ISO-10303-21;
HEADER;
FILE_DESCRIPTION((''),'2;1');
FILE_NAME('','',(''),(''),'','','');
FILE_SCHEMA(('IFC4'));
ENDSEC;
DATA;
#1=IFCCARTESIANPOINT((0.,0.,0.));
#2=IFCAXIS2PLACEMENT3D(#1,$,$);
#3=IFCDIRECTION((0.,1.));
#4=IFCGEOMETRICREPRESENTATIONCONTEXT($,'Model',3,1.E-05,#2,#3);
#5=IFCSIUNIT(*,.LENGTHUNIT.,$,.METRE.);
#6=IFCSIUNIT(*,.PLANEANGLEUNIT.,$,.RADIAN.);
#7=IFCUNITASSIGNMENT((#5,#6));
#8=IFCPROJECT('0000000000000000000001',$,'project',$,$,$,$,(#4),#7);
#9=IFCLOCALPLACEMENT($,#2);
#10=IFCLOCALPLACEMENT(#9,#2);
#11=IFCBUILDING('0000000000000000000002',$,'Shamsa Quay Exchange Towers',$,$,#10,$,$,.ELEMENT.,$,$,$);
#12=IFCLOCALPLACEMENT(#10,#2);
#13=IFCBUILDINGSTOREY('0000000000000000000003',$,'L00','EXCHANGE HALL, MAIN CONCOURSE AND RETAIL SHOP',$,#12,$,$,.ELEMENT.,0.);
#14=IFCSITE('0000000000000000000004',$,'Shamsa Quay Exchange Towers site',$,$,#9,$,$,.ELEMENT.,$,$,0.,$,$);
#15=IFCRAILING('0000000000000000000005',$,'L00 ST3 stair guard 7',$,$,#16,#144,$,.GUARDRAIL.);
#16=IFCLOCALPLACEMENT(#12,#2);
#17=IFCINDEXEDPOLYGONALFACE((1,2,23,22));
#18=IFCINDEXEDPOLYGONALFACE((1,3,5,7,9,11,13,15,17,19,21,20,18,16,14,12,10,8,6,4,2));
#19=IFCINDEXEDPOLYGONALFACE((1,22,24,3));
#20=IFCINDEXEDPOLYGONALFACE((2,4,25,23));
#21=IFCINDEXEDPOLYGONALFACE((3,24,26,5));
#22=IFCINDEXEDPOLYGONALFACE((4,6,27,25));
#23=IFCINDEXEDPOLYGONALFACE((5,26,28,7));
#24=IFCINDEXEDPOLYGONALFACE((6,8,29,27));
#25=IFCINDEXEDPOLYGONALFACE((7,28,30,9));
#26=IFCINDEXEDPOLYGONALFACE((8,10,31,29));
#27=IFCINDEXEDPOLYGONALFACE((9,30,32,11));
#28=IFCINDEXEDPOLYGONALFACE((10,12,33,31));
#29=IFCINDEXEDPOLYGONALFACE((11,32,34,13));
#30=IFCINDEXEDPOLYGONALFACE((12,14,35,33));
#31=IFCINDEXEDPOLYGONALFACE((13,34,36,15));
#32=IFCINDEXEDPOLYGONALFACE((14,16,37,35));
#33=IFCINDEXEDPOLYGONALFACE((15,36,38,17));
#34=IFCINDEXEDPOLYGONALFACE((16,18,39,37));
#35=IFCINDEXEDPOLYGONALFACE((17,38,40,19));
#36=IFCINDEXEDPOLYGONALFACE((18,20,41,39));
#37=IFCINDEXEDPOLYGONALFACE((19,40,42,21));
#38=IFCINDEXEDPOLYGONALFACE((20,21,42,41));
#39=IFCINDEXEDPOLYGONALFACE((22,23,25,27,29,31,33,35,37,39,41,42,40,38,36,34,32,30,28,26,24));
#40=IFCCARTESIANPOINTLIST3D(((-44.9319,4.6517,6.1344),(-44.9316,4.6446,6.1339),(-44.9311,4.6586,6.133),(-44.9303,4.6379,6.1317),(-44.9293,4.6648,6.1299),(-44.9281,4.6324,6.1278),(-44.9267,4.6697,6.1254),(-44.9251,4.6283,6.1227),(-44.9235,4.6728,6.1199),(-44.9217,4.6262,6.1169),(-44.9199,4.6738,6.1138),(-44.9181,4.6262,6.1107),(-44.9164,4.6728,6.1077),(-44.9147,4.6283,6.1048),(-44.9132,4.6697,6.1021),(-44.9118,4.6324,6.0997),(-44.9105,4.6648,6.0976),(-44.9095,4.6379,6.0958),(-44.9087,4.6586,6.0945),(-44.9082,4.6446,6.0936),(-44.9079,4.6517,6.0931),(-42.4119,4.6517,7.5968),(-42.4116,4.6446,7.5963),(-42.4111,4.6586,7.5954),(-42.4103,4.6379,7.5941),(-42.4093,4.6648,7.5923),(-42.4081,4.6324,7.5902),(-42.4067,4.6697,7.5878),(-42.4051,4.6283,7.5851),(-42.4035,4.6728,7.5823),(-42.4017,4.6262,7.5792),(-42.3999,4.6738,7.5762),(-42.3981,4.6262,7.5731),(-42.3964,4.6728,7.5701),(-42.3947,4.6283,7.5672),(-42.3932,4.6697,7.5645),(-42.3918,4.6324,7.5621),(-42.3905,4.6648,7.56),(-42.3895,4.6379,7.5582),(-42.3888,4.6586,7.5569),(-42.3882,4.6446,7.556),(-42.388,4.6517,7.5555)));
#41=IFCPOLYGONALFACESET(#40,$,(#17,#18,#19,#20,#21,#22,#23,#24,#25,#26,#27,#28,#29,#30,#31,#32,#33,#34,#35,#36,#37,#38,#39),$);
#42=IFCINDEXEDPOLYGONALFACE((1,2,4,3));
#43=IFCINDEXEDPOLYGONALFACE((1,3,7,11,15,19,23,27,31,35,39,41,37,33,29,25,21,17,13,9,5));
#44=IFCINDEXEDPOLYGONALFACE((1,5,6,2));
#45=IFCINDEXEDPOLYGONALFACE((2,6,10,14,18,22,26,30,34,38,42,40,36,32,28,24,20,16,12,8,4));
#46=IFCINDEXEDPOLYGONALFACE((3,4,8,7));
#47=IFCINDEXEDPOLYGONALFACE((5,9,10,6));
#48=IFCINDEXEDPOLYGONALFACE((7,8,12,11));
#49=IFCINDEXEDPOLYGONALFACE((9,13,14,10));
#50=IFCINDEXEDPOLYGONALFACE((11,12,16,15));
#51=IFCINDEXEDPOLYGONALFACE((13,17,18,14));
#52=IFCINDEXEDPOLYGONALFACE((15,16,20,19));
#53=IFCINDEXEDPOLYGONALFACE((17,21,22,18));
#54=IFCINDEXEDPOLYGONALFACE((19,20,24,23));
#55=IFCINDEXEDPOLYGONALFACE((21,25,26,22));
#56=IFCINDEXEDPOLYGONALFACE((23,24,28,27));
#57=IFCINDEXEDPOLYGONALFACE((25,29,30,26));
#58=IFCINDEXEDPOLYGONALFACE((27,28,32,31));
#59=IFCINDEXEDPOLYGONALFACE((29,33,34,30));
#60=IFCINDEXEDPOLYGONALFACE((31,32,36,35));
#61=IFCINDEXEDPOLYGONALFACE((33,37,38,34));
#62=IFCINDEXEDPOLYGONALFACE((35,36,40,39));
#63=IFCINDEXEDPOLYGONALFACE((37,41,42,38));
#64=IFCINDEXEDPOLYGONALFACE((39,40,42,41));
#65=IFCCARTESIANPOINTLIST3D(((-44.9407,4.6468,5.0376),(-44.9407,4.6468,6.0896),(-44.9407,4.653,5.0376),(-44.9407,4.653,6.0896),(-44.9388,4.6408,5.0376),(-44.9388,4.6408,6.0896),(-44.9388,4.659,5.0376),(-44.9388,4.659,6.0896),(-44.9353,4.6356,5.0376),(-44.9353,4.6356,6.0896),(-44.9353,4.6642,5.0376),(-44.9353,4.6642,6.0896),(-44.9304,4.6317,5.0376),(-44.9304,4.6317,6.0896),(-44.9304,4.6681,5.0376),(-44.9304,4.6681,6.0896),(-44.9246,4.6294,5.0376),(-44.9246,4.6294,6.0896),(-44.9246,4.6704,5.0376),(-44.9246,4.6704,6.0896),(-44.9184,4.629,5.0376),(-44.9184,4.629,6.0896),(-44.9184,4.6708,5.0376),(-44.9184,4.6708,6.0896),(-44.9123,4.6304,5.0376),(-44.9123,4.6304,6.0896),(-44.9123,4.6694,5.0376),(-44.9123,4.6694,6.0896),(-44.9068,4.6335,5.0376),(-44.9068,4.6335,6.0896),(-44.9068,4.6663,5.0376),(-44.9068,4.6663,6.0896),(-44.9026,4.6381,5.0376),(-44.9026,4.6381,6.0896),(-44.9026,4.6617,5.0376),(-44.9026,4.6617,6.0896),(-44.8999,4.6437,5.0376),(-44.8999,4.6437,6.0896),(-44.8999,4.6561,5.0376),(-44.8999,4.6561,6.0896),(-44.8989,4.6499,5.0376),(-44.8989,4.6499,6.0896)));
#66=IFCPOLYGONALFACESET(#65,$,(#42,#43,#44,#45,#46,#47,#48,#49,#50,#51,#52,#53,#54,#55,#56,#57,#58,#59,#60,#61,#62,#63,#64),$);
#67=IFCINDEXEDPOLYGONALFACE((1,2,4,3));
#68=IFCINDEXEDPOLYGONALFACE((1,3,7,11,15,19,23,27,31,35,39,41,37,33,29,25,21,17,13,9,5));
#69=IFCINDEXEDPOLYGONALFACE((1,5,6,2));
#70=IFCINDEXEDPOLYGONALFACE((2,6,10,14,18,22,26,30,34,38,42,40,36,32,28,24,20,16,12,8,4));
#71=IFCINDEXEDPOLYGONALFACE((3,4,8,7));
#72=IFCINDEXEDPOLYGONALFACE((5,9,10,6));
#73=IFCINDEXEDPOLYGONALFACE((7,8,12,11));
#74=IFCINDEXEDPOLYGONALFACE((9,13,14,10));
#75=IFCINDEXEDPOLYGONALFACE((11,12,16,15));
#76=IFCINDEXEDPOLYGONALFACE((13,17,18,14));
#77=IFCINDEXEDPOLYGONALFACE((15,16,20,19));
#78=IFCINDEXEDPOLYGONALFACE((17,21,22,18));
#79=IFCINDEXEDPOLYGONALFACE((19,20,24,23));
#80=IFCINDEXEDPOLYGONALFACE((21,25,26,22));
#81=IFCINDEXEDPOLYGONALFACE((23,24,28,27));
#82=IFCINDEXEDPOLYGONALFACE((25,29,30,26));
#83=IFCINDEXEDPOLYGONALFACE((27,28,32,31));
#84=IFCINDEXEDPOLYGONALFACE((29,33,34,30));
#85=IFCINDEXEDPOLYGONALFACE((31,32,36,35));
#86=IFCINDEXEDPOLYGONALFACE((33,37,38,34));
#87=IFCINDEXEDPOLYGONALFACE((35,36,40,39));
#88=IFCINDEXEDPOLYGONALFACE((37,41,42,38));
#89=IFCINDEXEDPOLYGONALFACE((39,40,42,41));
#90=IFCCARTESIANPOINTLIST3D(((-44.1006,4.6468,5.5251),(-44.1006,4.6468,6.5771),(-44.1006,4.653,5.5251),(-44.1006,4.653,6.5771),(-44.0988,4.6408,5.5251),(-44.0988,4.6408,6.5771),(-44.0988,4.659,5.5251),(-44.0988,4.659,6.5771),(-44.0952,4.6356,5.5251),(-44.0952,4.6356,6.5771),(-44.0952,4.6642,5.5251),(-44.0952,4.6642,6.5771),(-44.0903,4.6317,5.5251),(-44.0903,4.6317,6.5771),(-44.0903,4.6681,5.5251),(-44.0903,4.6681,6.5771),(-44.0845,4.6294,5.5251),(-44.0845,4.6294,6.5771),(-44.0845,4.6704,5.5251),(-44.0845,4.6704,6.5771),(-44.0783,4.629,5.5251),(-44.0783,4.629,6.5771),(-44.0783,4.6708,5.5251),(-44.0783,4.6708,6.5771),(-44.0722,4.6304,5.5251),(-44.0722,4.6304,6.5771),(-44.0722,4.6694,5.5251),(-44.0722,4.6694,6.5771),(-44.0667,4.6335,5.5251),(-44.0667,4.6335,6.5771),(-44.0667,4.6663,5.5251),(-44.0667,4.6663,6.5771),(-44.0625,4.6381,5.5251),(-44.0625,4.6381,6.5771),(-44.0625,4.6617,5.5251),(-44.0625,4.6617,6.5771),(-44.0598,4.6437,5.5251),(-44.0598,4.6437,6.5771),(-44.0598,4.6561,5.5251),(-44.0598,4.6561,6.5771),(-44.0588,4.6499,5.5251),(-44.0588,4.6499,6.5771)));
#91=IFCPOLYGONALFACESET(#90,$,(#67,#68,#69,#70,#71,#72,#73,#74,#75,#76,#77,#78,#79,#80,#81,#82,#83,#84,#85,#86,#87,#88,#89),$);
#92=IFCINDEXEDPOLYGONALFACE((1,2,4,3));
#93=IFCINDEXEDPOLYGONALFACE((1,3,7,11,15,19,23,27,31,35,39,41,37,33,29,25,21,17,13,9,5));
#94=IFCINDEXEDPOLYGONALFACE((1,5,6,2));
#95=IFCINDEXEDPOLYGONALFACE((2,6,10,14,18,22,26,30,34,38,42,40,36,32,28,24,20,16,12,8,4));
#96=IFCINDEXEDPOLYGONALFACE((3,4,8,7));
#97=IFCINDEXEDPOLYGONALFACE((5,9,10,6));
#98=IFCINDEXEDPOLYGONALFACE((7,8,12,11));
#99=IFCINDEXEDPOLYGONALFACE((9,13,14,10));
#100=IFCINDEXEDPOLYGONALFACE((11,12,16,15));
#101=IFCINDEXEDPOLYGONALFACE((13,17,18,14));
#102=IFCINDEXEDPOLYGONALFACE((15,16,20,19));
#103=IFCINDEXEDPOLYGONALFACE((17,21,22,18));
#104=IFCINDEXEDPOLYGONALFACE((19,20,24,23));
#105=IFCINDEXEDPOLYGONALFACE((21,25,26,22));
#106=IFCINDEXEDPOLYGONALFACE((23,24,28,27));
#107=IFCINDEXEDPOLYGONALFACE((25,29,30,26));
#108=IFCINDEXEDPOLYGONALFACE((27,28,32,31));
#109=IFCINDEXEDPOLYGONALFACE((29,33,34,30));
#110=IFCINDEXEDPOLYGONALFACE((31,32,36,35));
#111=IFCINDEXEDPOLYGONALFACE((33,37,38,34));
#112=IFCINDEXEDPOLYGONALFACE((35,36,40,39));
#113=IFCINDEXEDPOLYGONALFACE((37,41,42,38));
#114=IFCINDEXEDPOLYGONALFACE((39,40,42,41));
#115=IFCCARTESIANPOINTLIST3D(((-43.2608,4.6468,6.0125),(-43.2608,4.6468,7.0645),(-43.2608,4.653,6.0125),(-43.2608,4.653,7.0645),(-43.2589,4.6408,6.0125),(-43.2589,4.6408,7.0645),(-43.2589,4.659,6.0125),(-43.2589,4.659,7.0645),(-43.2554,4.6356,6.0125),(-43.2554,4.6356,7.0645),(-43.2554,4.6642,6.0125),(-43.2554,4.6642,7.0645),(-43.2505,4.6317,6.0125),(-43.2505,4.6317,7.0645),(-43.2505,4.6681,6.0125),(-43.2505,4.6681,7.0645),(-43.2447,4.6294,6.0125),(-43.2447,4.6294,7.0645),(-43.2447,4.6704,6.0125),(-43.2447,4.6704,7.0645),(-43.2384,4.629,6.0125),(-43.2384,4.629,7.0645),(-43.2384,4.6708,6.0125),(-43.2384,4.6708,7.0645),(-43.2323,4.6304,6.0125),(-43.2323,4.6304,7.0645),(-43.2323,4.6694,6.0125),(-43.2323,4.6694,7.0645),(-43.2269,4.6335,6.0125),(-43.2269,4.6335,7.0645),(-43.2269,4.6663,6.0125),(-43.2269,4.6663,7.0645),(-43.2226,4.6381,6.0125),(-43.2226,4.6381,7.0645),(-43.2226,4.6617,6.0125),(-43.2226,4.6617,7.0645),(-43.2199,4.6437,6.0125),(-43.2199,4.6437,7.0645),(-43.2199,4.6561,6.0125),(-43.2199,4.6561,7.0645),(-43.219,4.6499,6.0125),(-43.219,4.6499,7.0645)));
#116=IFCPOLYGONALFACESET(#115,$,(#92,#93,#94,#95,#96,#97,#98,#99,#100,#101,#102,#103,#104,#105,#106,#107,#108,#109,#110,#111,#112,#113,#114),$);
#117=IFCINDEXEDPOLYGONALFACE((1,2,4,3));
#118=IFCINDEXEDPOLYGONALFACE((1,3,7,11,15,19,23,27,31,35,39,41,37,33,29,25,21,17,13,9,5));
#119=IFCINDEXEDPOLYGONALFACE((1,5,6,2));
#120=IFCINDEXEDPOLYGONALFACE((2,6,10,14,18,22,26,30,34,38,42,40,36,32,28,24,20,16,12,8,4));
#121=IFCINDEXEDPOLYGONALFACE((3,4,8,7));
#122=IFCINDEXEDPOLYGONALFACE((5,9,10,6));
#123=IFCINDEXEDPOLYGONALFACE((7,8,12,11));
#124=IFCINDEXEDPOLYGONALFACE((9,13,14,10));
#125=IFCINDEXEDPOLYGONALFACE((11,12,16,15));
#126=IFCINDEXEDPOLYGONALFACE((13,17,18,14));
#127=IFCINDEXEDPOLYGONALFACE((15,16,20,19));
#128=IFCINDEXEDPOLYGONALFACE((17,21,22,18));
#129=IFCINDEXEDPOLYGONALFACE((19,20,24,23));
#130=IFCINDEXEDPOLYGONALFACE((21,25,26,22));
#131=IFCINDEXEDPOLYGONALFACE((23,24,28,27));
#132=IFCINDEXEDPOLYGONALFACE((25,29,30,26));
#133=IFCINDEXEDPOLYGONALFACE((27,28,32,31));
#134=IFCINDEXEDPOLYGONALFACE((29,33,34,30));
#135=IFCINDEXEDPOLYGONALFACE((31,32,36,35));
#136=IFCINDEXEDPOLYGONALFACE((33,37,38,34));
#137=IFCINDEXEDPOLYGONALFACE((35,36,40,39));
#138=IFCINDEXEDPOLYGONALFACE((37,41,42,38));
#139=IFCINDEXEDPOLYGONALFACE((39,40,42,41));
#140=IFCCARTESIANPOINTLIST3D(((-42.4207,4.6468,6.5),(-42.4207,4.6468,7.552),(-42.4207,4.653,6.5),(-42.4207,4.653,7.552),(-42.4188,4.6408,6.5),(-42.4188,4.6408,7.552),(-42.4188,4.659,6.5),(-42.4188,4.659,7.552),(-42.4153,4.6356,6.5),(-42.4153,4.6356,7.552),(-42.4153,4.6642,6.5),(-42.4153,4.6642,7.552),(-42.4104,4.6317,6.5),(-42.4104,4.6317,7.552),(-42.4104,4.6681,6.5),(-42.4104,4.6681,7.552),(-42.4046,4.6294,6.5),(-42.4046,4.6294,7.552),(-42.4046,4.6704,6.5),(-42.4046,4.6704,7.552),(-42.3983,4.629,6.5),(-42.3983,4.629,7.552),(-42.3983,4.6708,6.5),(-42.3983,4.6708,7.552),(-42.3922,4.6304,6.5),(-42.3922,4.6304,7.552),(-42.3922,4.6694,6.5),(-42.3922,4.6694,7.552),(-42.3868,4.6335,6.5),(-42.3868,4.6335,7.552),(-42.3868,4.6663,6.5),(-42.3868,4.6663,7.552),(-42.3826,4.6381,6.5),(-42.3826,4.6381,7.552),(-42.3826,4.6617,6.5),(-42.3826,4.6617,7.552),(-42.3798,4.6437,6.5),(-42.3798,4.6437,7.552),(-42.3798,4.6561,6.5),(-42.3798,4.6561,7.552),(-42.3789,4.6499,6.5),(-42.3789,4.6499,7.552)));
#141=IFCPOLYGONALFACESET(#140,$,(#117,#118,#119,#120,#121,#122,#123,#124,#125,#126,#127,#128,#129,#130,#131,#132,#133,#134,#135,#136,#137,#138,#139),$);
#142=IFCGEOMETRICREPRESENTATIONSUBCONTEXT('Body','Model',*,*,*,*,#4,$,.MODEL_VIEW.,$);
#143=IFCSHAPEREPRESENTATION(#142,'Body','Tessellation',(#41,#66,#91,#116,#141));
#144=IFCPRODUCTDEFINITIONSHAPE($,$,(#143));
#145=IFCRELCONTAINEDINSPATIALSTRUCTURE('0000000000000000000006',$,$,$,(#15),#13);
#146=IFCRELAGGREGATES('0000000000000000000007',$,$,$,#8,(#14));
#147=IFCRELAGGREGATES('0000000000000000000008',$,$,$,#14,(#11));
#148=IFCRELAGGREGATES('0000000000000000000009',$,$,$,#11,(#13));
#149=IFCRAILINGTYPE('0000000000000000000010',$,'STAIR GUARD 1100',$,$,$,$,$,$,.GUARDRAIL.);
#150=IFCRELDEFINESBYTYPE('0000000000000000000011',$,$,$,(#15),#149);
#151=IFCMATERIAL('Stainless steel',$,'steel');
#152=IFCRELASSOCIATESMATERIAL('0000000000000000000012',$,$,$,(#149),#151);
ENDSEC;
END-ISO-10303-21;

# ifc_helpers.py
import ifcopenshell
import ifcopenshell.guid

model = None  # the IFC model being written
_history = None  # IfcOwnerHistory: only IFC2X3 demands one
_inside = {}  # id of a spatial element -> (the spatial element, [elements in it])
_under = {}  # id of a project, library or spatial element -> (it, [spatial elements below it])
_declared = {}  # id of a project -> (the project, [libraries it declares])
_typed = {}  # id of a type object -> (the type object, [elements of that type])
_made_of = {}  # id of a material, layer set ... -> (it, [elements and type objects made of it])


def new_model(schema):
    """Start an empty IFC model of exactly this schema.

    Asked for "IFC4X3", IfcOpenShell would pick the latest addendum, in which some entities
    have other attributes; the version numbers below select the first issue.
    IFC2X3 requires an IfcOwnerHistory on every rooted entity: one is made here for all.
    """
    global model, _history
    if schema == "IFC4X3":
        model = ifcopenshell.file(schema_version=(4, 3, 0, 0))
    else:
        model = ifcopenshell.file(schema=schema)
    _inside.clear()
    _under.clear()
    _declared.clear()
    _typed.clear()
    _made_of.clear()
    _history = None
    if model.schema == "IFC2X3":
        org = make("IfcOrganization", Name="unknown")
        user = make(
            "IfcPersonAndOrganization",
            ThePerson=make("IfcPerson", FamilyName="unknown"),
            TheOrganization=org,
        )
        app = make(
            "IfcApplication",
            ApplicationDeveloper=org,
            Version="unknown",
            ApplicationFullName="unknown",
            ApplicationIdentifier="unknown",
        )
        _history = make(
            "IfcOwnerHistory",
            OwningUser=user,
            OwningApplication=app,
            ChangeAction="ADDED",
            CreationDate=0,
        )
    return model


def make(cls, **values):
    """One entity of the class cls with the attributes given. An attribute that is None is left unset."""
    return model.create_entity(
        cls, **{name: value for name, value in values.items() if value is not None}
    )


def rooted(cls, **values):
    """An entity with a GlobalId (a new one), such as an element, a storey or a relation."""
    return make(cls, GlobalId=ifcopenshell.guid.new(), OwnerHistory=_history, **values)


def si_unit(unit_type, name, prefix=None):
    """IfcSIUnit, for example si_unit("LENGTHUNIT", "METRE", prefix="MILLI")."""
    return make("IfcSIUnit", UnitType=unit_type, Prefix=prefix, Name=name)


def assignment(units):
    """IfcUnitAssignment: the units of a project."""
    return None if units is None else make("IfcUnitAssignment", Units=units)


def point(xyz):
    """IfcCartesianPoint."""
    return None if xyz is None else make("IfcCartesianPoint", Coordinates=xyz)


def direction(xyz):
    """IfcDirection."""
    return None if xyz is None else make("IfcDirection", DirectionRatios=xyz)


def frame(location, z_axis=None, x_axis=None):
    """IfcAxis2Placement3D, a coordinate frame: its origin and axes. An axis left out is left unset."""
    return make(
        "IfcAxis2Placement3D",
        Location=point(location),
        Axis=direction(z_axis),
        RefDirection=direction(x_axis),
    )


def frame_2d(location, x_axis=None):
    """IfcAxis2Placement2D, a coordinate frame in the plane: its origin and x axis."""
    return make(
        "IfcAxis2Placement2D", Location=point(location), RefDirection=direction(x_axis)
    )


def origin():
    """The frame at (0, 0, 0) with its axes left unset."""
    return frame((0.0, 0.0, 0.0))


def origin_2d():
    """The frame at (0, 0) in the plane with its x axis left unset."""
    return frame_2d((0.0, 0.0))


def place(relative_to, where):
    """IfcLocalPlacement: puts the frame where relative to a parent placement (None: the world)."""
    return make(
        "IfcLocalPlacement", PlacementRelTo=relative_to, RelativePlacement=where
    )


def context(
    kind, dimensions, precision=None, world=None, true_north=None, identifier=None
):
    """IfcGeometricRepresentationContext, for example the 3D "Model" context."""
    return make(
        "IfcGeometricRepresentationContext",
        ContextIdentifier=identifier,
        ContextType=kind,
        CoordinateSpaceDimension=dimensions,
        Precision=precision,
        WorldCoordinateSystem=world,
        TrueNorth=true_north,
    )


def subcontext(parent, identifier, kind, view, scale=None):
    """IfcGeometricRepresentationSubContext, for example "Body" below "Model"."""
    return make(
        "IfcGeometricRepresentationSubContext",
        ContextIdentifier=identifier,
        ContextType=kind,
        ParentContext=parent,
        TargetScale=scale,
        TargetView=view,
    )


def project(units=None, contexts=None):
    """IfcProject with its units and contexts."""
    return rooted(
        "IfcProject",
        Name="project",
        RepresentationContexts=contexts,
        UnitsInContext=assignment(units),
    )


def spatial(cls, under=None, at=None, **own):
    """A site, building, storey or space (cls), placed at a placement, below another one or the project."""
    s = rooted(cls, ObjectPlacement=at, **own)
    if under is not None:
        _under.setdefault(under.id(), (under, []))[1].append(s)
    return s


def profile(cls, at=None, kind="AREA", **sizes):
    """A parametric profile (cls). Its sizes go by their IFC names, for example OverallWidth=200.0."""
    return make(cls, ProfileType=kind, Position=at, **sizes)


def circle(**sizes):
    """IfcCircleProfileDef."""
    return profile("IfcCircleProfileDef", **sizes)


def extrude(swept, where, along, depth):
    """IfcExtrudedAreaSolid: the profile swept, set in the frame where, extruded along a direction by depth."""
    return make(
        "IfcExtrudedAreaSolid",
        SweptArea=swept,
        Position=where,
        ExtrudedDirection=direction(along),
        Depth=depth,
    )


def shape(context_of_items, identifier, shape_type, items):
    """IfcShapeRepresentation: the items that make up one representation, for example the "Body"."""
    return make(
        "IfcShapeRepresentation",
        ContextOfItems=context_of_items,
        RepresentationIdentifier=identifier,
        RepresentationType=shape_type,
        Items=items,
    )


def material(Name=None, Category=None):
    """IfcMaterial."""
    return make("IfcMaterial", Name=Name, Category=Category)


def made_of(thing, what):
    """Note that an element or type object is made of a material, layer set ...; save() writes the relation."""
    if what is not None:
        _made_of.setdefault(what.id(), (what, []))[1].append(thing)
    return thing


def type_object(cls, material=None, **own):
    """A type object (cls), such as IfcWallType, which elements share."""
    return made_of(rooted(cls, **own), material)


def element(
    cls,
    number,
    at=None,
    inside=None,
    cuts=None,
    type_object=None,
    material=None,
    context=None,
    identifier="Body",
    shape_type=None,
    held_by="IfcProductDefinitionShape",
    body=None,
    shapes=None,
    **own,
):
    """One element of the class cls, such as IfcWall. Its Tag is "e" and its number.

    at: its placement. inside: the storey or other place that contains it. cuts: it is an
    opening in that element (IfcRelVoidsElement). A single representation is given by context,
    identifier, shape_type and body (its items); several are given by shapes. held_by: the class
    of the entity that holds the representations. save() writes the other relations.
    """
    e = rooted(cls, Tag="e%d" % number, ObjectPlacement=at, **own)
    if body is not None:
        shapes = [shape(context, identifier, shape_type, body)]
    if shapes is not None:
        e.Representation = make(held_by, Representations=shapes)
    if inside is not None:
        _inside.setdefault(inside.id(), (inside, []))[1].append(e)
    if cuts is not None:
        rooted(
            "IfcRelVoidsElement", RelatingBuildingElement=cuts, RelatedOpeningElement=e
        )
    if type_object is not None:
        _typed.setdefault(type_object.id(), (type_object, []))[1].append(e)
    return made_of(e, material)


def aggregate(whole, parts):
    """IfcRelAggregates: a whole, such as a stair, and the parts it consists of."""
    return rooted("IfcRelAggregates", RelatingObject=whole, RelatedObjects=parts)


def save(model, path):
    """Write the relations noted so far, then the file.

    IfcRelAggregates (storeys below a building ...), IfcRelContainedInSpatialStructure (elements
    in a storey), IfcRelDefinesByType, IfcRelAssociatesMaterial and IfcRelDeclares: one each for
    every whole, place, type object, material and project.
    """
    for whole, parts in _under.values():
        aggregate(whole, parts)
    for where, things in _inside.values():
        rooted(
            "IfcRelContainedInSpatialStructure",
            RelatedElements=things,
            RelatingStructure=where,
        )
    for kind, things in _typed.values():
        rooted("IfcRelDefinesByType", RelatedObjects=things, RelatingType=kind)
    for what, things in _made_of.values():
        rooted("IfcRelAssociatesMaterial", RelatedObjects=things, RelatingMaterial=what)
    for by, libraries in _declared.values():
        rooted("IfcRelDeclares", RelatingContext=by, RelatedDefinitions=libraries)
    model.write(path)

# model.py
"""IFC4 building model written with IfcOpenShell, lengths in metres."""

from ifc_helpers import new_model, si_unit, direction, frame, origin, origin_2d, place, context, subcontext, project, spatial, circle, extrude, material, type_object, element, save


model = new_model("IFC4")

# Units and contexts
model_context = context("Model", 3, precision=1e-05, world=origin(), true_north=direction((0.0, 1.0)))
body_context = subcontext(model_context, "Body", "Model", "MODEL_VIEW")
ifc_project = project(units=[si_unit("LENGTHUNIT", "METRE"), si_unit("PLANEANGLEUNIT", "RADIAN")], contexts=[model_context])

# Site, building, storey
site_placement = place(None, origin())
site = spatial("IfcSite", under=ifc_project, at=site_placement, Name="Shamsa Quay Exchange Towers site", CompositionType="ELEMENT", RefElevation=0.0)
building_placement = place(site_placement, origin())
building = spatial("IfcBuilding", under=site, at=building_placement, Name="Shamsa Quay Exchange Towers", CompositionType="ELEMENT")
storey_placement = place(building_placement, origin())
storey = spatial("IfcBuildingStorey", under=building, at=storey_placement, Name="L00", Description="EXCHANGE HALL, MAIN CONCOURSE AND RETAIL SHOP", CompositionType="ELEMENT", Elevation=0.0)

# Railing
ifc_material_1 = material(Name="Stainless steel", Category="steel")
railing_type_1 = type_object("IfcRailingType", Name="STAIR GUARD 1100", PredefinedType="GUARDRAIL", material=ifc_material_1)
for number, where, name in (
    (1, (-44.9199, 4.6499, 5.0376), "L00 ST3 stair guard 7"),
):
    element("IfcRailing", number, at=place(storey_placement, frame(where)), inside=storey, type_object=railing_type_1, Name=name, PredefinedType="GUARDRAIL", context=body_context, shape_type="SweptSolid", body=[
        extrude(circle(Radius=0.0239, at=origin_2d()), frame((0.0, 0.0, 1.0762), z_axis=(0.864913, 0.0, 0.501921), x_axis=(0.0, 1.0, 0.0)), (0.0, 0.0, 1.0), 2.9136),
        extrude(circle(Radius=0.021, at=origin_2d()), origin(), (0.0, 0.0, 1.0), 1.052),
        extrude(circle(Radius=0.021, at=origin_2d()), frame((0.8401, 0.0, 0.4875)), (0.0, 0.0, 1.0), 1.052),
        extrude(circle(Radius=0.021, at=origin_2d()), frame((1.6799, 0.0, 0.9749)), (0.0, 0.0, 1.0), 1.052),
        extrude(circle(Radius=0.021, at=origin_2d()), frame((2.52, 0.0, 1.4624)), (0.0, 0.0, 1.0), 1.052),
    ])

save(model, "model.ifc")
